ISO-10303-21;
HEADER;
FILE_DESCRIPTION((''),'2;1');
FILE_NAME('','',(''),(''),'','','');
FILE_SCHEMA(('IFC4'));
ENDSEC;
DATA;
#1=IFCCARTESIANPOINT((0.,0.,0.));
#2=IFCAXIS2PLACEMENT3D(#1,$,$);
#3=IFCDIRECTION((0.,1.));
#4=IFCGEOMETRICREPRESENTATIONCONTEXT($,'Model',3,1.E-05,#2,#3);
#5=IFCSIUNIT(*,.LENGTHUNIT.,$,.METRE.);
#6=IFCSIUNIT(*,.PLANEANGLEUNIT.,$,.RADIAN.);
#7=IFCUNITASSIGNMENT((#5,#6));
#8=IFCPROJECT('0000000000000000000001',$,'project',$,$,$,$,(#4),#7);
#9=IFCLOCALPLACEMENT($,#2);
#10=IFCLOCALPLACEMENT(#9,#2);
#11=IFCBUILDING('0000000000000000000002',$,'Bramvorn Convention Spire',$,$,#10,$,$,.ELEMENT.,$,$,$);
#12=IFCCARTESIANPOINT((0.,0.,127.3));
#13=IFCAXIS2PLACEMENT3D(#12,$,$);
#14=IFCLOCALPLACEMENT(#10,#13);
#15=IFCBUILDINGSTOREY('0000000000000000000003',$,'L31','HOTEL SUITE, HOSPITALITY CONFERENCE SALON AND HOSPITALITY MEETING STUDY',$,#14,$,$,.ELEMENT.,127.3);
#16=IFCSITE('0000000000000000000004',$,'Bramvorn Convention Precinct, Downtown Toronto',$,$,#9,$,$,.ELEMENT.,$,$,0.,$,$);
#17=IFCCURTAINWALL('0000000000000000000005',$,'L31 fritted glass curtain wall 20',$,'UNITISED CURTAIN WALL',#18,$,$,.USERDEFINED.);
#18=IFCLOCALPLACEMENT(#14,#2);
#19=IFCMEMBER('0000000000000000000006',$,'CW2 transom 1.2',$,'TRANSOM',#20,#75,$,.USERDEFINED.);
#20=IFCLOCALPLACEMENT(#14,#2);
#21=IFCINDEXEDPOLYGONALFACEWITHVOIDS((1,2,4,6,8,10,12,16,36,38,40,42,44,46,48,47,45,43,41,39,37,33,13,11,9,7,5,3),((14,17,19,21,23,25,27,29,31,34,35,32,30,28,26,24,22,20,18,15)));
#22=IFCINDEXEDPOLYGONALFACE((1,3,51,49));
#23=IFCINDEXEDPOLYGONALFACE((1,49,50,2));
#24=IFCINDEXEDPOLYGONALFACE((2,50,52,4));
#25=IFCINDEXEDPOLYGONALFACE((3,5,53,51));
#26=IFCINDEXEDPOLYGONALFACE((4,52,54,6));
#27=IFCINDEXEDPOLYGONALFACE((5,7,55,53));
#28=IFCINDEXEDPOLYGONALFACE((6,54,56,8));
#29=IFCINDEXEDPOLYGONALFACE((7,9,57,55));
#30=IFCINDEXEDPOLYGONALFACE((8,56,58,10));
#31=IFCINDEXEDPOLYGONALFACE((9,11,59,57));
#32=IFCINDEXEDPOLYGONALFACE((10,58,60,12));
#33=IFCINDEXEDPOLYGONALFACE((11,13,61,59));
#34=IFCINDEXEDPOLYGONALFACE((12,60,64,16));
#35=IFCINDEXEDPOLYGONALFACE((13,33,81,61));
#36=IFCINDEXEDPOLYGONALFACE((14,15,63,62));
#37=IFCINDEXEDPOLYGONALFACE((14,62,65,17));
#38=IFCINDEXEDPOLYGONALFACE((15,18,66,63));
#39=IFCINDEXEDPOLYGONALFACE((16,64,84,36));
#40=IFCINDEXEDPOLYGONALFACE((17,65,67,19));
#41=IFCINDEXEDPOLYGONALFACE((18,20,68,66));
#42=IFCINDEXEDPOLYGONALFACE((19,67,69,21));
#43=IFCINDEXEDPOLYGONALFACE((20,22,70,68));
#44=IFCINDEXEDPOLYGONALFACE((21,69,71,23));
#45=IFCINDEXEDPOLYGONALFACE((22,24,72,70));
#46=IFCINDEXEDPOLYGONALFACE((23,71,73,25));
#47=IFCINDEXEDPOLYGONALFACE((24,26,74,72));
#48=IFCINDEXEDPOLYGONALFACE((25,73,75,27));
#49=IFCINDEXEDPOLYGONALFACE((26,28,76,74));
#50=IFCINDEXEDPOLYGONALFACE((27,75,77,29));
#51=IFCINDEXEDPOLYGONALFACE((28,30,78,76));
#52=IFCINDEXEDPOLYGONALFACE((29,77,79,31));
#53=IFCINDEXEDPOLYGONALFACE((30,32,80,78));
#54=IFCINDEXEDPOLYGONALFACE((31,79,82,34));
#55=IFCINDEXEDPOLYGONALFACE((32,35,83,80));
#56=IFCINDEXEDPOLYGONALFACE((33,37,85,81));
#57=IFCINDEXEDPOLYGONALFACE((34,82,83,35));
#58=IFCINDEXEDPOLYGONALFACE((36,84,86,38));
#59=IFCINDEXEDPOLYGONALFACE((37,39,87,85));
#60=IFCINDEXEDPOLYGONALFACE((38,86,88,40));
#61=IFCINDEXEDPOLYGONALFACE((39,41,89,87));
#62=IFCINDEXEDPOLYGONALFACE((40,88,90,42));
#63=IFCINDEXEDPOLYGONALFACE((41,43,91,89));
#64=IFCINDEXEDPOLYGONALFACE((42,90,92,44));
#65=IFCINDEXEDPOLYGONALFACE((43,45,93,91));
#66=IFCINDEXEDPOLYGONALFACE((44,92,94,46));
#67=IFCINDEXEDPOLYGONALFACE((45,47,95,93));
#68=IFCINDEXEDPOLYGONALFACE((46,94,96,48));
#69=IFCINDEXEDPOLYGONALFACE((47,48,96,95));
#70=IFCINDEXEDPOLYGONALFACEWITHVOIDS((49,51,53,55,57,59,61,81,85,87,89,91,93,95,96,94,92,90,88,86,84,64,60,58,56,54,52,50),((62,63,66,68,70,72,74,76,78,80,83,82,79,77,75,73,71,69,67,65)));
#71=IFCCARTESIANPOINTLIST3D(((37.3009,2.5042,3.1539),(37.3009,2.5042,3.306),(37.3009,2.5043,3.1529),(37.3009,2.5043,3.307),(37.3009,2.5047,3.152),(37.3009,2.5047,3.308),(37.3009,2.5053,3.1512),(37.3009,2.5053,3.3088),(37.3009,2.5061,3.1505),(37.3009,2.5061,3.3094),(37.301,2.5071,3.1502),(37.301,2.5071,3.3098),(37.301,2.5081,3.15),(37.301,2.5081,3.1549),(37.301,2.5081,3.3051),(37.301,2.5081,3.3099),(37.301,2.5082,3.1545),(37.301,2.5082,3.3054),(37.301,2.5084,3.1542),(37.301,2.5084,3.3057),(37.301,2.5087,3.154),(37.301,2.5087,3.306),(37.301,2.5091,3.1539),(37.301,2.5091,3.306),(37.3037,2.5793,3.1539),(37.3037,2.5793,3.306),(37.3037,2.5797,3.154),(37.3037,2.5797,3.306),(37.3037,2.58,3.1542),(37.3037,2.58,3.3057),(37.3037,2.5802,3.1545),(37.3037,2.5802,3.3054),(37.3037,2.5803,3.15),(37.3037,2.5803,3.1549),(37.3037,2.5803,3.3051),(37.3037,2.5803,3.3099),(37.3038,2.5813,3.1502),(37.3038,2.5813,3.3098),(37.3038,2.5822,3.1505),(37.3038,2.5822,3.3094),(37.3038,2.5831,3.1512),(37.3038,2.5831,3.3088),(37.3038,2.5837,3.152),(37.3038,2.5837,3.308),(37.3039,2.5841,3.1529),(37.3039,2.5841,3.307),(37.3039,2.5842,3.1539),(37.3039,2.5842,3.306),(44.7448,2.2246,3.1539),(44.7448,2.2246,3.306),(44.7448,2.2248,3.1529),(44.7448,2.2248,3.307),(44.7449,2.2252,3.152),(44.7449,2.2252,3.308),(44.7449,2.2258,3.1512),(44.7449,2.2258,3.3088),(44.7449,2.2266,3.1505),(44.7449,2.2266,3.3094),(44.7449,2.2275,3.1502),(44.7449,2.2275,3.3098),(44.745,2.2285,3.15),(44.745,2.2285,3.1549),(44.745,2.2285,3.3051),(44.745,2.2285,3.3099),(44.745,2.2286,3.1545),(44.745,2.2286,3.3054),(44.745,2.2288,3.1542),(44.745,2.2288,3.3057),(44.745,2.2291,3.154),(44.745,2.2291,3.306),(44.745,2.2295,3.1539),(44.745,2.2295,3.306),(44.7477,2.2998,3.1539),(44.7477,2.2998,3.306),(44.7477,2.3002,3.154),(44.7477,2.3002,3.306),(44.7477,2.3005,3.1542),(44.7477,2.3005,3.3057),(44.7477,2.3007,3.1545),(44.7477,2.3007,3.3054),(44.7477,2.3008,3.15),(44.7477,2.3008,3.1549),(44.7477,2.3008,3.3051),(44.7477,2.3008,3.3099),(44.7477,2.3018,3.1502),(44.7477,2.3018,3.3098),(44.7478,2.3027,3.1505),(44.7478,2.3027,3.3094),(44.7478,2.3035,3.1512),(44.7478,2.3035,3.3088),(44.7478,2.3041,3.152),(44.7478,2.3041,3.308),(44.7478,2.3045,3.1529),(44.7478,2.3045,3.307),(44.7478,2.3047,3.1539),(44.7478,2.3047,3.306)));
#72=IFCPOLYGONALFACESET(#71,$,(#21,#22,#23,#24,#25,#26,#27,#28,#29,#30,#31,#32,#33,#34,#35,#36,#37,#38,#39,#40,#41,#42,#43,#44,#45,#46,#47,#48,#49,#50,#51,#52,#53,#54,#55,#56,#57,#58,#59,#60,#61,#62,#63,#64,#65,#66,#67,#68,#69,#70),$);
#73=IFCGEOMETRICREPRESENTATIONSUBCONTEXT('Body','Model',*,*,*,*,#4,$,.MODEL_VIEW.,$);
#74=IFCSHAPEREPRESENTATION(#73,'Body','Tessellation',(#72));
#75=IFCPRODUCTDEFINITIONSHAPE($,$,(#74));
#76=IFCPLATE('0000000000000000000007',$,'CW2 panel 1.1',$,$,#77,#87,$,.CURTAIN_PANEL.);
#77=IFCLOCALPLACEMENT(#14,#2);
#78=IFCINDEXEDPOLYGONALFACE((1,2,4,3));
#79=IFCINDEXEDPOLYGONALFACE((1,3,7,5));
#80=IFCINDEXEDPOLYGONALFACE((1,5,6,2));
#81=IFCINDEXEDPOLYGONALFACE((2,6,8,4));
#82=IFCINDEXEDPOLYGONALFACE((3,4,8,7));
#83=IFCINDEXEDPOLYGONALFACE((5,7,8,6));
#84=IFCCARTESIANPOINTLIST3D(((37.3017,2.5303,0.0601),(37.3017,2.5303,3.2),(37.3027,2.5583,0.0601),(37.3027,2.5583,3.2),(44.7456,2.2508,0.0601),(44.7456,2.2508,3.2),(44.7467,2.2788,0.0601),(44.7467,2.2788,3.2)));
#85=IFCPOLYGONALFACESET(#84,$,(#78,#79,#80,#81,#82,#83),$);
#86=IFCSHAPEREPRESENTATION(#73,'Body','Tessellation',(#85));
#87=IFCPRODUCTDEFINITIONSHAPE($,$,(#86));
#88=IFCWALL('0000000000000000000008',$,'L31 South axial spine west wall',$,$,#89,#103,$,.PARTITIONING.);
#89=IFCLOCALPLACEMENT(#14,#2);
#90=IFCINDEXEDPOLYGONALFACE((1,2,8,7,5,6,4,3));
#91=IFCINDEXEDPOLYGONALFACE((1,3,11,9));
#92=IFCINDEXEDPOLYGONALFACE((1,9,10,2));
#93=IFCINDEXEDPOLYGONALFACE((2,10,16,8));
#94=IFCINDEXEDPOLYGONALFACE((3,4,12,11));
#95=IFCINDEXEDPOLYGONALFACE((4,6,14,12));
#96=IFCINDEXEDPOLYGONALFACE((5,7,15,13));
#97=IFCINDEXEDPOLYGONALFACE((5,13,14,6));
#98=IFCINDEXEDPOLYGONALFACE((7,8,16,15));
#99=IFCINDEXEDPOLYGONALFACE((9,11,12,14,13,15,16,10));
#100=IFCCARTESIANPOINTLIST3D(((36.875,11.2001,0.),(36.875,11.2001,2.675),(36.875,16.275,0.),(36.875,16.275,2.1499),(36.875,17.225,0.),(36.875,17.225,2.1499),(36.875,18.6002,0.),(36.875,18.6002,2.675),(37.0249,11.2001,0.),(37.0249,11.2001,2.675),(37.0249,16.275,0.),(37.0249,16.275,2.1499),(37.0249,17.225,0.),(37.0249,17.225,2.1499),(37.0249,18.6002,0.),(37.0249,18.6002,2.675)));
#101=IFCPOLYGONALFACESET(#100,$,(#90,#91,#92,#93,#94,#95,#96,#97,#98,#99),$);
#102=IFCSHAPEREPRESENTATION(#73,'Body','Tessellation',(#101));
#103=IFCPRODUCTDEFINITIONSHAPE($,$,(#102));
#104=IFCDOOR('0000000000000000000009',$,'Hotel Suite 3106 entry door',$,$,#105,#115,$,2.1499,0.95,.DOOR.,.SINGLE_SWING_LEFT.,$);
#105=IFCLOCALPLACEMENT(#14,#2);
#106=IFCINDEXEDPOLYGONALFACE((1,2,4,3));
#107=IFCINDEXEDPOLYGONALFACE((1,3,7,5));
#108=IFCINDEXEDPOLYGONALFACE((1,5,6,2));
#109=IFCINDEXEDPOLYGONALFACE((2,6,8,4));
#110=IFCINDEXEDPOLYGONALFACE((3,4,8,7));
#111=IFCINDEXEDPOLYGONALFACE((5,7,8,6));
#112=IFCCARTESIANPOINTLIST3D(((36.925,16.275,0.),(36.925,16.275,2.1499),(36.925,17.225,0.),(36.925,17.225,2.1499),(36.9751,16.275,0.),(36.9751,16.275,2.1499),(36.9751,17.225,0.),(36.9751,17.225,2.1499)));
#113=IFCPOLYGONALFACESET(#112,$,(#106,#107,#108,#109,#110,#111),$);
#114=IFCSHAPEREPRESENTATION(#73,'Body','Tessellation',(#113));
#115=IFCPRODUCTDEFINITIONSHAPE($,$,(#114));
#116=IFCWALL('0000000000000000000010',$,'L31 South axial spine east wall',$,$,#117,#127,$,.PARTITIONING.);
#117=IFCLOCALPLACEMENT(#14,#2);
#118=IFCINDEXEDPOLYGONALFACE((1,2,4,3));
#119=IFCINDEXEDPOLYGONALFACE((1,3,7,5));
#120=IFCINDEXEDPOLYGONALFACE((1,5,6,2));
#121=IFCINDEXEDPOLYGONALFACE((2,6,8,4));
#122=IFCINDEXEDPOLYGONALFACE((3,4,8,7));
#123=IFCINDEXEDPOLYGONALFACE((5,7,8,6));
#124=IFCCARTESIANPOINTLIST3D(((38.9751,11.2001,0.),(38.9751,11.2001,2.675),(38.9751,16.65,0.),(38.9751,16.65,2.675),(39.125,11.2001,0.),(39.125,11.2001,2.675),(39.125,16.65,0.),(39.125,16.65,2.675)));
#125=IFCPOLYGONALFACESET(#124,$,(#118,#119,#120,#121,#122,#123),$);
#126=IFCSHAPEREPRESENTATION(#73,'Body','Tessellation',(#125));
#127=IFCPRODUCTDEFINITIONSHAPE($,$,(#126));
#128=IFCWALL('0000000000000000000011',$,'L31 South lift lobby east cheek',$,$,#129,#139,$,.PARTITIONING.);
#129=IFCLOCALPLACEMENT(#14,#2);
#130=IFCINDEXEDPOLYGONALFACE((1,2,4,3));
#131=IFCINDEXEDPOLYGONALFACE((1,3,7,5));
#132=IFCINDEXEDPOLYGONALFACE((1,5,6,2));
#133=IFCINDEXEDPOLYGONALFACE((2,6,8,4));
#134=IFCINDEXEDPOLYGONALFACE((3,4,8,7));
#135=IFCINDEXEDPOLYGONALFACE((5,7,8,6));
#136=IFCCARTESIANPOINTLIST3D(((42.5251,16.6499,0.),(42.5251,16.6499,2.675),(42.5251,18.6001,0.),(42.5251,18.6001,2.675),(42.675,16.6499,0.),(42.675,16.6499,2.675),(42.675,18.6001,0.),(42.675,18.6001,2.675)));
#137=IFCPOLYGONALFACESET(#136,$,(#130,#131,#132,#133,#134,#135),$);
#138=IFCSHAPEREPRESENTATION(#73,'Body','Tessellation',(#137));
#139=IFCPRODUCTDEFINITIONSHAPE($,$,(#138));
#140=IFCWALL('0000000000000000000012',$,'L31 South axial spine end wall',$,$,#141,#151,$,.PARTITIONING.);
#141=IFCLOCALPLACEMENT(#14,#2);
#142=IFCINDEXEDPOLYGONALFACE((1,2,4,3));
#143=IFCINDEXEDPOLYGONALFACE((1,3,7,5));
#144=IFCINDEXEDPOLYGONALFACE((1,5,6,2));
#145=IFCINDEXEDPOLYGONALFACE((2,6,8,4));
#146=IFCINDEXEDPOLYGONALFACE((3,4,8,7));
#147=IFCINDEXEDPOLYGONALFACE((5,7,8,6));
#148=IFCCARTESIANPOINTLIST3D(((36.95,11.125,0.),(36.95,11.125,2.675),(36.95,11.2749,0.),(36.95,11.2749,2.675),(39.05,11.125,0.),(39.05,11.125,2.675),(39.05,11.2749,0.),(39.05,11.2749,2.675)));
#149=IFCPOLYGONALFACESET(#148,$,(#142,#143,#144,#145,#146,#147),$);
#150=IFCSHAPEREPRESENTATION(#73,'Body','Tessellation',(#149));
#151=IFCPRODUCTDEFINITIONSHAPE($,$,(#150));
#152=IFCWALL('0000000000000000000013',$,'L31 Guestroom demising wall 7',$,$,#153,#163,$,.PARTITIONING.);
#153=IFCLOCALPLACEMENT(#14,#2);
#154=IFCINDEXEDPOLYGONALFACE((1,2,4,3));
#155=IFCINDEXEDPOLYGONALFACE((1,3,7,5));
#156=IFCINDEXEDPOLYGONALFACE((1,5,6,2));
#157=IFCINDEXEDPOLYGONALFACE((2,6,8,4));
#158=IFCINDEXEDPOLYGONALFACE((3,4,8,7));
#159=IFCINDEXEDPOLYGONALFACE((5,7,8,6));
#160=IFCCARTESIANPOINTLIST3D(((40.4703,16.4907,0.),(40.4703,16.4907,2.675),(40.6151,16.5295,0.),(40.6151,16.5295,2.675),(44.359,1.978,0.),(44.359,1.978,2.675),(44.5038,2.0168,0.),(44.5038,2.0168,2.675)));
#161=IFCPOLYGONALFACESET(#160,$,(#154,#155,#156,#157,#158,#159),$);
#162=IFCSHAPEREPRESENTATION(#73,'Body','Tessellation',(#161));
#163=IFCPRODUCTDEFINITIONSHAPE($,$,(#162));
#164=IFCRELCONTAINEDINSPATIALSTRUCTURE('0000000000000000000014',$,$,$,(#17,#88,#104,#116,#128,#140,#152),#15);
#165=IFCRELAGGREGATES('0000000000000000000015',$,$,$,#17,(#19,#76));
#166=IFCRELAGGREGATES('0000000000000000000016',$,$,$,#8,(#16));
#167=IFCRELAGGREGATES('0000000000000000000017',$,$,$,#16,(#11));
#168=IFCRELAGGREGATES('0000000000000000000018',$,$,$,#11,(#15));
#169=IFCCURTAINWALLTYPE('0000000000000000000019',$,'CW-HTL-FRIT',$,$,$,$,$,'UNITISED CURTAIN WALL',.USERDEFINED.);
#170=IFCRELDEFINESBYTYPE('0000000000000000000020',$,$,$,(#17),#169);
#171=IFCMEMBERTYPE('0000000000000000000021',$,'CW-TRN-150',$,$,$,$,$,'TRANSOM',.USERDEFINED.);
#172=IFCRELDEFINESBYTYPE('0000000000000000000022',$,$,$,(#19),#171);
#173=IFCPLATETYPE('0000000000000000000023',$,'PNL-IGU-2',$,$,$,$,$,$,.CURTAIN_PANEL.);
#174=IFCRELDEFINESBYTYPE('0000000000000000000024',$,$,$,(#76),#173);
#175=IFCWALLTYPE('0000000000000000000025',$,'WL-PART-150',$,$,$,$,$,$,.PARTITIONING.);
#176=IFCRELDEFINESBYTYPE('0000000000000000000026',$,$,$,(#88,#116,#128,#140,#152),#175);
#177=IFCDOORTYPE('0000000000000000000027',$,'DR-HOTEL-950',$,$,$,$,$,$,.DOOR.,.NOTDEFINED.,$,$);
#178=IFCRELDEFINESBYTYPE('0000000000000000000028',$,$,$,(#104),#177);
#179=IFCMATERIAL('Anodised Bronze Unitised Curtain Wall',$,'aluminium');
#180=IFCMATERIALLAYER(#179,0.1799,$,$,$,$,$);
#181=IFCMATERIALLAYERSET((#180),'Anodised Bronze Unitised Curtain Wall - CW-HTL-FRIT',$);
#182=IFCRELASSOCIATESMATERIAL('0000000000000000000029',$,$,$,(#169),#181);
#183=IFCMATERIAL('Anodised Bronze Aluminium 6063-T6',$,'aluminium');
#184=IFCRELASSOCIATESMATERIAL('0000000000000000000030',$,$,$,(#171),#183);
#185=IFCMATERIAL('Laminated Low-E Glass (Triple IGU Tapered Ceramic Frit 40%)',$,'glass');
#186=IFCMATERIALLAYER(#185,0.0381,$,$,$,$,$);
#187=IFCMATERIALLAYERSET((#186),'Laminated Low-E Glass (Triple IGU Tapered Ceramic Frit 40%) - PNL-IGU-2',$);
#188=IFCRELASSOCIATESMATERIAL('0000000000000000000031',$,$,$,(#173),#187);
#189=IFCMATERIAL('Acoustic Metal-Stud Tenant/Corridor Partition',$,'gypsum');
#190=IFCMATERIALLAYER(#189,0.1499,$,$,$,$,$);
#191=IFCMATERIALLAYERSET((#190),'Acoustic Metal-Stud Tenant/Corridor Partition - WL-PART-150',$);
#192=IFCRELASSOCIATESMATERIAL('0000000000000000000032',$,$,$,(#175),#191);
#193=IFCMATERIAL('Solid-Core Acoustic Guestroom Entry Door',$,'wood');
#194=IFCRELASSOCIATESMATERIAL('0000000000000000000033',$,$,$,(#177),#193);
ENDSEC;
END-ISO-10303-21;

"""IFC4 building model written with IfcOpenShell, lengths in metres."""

from ifc_helpers import new_model, si_unit, direction, frame, frame_2d, origin, origin_2d, place, context, subcontext, project, spatial, rectangle, hollow_rectangle, extrude, material, layer, layer_set, material_profile, profile_set, type_object, element, fill, aggregate, save


model = new_model("IFC4")

# Units and contexts
model_context = context("Model", 3, precision=1e-05, world=origin(), true_north=direction((0.0, 1.0)))
body_context = subcontext(model_context, "Body", "Model", "MODEL_VIEW")
ifc_project = project(units=[si_unit("LENGTHUNIT", "METRE"), si_unit("PLANEANGLEUNIT", "RADIAN")], contexts=[model_context])

# Site, building, storey
site_placement = place(None, origin())
site = spatial("IfcSite", under=ifc_project, at=site_placement, Name="Bramvorn Convention Precinct, Downtown Toronto", CompositionType="ELEMENT", RefElevation=0.0)
building_placement = place(site_placement, origin())
building = spatial("IfcBuilding", under=site, at=building_placement, Name="Bramvorn Convention Spire", CompositionType="ELEMENT")
storey_placement = place(building_placement, frame((0.0, 0.0, 127.3)))
storey = spatial("IfcBuildingStorey", under=building, at=storey_placement, Name="L31", Description="HOTEL SUITE, HOSPITALITY CONFERENCE SALON AND HOSPITALITY MEETING STUDY", CompositionType="ELEMENT", Elevation=127.3)

# Shared definitions
ifc_material_1 = material(Name="Anodised Bronze Unitised Curtain Wall", Category="aluminium")
ifc_layer_1 = layer(ifc_material_1, 0.1799)
ifc_layer_set_1 = layer_set([ifc_layer_1], Name="Anodised Bronze Unitised Curtain Wall - CW-HTL-FRIT")
curtain_wall_type = type_object("IfcCurtainWallType", Name="CW-HTL-FRIT", ElementType="UNITISED CURTAIN WALL", PredefinedType="USERDEFINED", material=ifc_layer_set_1)
ifc_material_2 = material(Name="Anodised Bronze Aluminium 6063-T6", Category="aluminium")

# Curtain wall
curtain_wall_1_placement = place(storey_placement, origin())
curtain_wall_1 = element("IfcCurtainWall", 1, at=curtain_wall_1_placement, inside=storey, type_object=curtain_wall_type, Name="L31 fritted glass curtain wall 20", ObjectType="UNITISED CURTAIN WALL", PredefinedType="USERDEFINED")

# Member
ifc_material_profile_1 = material_profile(ifc_material_2, hollow_rectangle(XDim=0.0801, YDim=0.1599, WallThickness=0.0039, InnerFilletRadius=0.001, OuterFilletRadius=0.0039, at=origin_2d()))
ifc_profile_set_1 = profile_set([ifc_material_profile_1], Name="Anodised Bronze Aluminium 6063-T6 - CWT80X160")
member_type_1 = type_object("IfcMemberType", Name="CW-TRN-150", ElementType="TRANSOM", PredefinedType="USERDEFINED", material=ifc_profile_set_1)
member_1_placement = place(storey_placement, frame((44.7463, 2.2646, 3.23), z_axis=(-0.999296, 0.037526, 0.0), x_axis=(-0.037526, -0.999296, 0.0)))
member_1 = element("IfcMember", 2, at=member_1_placement, type_object=member_type_1, Name="CW2 transom 1.2", ObjectType="TRANSOM", PredefinedType="USERDEFINED", context=body_context, shape_type="SweptSolid", body=[
    extrude(hollow_rectangle(XDim=0.0801, YDim=0.1599, WallThickness=0.0039, InnerFilletRadius=0.001, OuterFilletRadius=0.0039, at=origin_2d()), origin(), (0.0, 0.0, 1.0), 7.4492),
])

# Plate
ifc_material_3 = material(Name="Laminated Low-E Glass (Triple IGU Tapered Ceramic Frit 40%)", Category="glass")
ifc_layer_2 = layer(ifc_material_3, 0.0381)
ifc_layer_set_2 = layer_set([ifc_layer_2], Name="Laminated Low-E Glass (Triple IGU Tapered Ceramic Frit 40%) - PNL-IGU-2")
plate_type = type_object("IfcPlateType", Name="PNL-IGU-2", PredefinedType="CURTAIN_PANEL", material=ifc_layer_set_2)
plate_placement = place(storey_placement, frame((41.0242, 2.4045, 0.0601), z_axis=(0.0, 0.0, 1.0), x_axis=(-0.999296, 0.03752, 0.0)))
plate = element("IfcPlate", 3, at=plate_placement, type_object=plate_type, Name="CW2 panel 1.1", PredefinedType="CURTAIN_PANEL", context=body_context, shape_type="SweptSolid", body=[
    extrude(rectangle(XDim=7.4492, YDim=0.0281, at=origin_2d()), origin(), (0.0, 0.0, 1.0), 3.1399),
])
aggregate(curtain_wall_1, [member_1, plate])

# Wall, opening, door
ifc_material_4 = material(Name="Acoustic Metal-Stud Tenant/Corridor Partition", Category="gypsum")
ifc_layer_3 = layer(ifc_material_4, 0.1499)
ifc_layer_set_3 = layer_set([ifc_layer_3], Name="Acoustic Metal-Stud Tenant/Corridor Partition - WL-PART-150")
wall_type = type_object("IfcWallType", Name="WL-PART-150", PredefinedType="PARTITIONING", material=ifc_layer_set_3)
wall_1_placement = place(storey_placement, frame((36.95, 11.2, 0.0), z_axis=(0.0, 0.0, 1.0), x_axis=(0.0, 1.0, 0.0)))
wall_1 = element("IfcWall", 4, at=wall_1_placement, inside=storey, type_object=wall_type, Name="L31 South axial spine west wall", PredefinedType="PARTITIONING", context=body_context, shape_type="SweptSolid", body=[
    extrude(rectangle(XDim=7.4001, YDim=0.1499, at=frame_2d((3.7002, 0.0))), origin(), (0.0, 0.0, 1.0), 2.675),
])
opening_1_placement = place(wall_1_placement, frame((5.075, 0.0, 0.0)))
opening_1 = element("IfcOpeningElement", 5, at=opening_1_placement, cuts=wall_1, PredefinedType="OPENING", context=body_context, shape_type="SweptSolid", body=[
    extrude(rectangle(XDim=0.95, YDim=2.1499, at=frame_2d((0.4751, 1.075))), frame((0.0, 0.085, 0.0), z_axis=(0.0, -1.0, 0.0), x_axis=(1.0, 0.0, 0.0)), (0.0, 0.0, 1.0), 0.1699),
])
ifc_material_5 = material(Name="Solid-Core Acoustic Guestroom Entry Door", Category="wood")
door_type = type_object("IfcDoorType", Name="DR-HOTEL-950", OperationType="NOTDEFINED", PredefinedType="DOOR", material=ifc_material_5)
door_1_placement = place(opening_1_placement, origin())
door_1 = element("IfcDoor", 6, at=door_1_placement, inside=storey, type_object=door_type, Name="Hotel Suite 3106 entry door", OperationType="SINGLE_SWING_LEFT", OverallHeight=2.1499, OverallWidth=0.95, PredefinedType="DOOR", context=body_context, shape_type="SweptSolid", body=[
    extrude(rectangle(XDim=0.95, YDim=2.1499, at=frame_2d((0.4751, 1.075))), frame((0.0, 0.0249, 0.0), z_axis=(0.0, -1.0, 0.0), x_axis=(1.0, 0.0, 0.0)), (0.0, 0.0, 1.0), 0.05),
])
fill(opening_1, door_1)

# Wall
wall_2_placement = place(storey_placement, frame((39.05, 11.2, 0.0), z_axis=(0.0, 0.0, 1.0), x_axis=(0.0, 1.0, 0.0)))
element("IfcWall", 7, at=wall_2_placement, inside=storey, type_object=wall_type, Name="L31 South axial spine east wall", PredefinedType="PARTITIONING", context=body_context, shape_type="SweptSolid", body=[
    extrude(rectangle(XDim=5.45, YDim=0.1499, at=frame_2d((2.7251, 0.0))), origin(), (0.0, 0.0, 1.0), 2.675),
])

# Walls
wall_3_placement = place(storey_placement, frame((42.6001, 16.6499, 0.0), z_axis=(0.0, 0.0, 1.0), x_axis=(0.0, 1.0, 0.0)))
element("IfcWall", 8, at=wall_3_placement, inside=storey, type_object=wall_type, Name="L31 South lift lobby east cheek", PredefinedType="PARTITIONING", context=body_context, shape_type="SweptSolid", body=[
    extrude(rectangle(XDim=1.9502, YDim=0.1499, at=frame_2d((0.9751, 0.0))), origin(), (0.0, 0.0, 1.0), 2.675),
])
wall_4_placement = place(storey_placement, frame((36.95, 11.2, 0.0), z_axis=(0.0, 0.0, 1.0), x_axis=(1.0, 0.0, 0.0)))
element("IfcWall", 9, at=wall_4_placement, inside=storey, type_object=wall_type, Name="L31 South axial spine end wall", PredefinedType="PARTITIONING", context=body_context, shape_type="SweptSolid", body=[
    extrude(rectangle(XDim=2.1001, YDim=0.1499, at=frame_2d((1.05, 0.0))), origin(), (0.0, 0.0, 1.0), 2.675),
])
wall_5_placement = place(storey_placement, frame((40.5427, 16.51, 0.0), z_axis=(0.0, 0.0, 1.0), x_axis=(0.258819, -0.965926, 0.0)))
element("IfcWall", 10, at=wall_5_placement, inside=storey, type_object=wall_type, Name="L31 Guestroom demising wall 7", PredefinedType="PARTITIONING", context=body_context, shape_type="SweptSolid", body=[
    extrude(rectangle(XDim=15.0247, YDim=0.1499, at=frame_2d((7.5122, 0.0))), origin(), (0.0, 0.0, 1.0), 2.675),
])

save(model, "model.ifc")
